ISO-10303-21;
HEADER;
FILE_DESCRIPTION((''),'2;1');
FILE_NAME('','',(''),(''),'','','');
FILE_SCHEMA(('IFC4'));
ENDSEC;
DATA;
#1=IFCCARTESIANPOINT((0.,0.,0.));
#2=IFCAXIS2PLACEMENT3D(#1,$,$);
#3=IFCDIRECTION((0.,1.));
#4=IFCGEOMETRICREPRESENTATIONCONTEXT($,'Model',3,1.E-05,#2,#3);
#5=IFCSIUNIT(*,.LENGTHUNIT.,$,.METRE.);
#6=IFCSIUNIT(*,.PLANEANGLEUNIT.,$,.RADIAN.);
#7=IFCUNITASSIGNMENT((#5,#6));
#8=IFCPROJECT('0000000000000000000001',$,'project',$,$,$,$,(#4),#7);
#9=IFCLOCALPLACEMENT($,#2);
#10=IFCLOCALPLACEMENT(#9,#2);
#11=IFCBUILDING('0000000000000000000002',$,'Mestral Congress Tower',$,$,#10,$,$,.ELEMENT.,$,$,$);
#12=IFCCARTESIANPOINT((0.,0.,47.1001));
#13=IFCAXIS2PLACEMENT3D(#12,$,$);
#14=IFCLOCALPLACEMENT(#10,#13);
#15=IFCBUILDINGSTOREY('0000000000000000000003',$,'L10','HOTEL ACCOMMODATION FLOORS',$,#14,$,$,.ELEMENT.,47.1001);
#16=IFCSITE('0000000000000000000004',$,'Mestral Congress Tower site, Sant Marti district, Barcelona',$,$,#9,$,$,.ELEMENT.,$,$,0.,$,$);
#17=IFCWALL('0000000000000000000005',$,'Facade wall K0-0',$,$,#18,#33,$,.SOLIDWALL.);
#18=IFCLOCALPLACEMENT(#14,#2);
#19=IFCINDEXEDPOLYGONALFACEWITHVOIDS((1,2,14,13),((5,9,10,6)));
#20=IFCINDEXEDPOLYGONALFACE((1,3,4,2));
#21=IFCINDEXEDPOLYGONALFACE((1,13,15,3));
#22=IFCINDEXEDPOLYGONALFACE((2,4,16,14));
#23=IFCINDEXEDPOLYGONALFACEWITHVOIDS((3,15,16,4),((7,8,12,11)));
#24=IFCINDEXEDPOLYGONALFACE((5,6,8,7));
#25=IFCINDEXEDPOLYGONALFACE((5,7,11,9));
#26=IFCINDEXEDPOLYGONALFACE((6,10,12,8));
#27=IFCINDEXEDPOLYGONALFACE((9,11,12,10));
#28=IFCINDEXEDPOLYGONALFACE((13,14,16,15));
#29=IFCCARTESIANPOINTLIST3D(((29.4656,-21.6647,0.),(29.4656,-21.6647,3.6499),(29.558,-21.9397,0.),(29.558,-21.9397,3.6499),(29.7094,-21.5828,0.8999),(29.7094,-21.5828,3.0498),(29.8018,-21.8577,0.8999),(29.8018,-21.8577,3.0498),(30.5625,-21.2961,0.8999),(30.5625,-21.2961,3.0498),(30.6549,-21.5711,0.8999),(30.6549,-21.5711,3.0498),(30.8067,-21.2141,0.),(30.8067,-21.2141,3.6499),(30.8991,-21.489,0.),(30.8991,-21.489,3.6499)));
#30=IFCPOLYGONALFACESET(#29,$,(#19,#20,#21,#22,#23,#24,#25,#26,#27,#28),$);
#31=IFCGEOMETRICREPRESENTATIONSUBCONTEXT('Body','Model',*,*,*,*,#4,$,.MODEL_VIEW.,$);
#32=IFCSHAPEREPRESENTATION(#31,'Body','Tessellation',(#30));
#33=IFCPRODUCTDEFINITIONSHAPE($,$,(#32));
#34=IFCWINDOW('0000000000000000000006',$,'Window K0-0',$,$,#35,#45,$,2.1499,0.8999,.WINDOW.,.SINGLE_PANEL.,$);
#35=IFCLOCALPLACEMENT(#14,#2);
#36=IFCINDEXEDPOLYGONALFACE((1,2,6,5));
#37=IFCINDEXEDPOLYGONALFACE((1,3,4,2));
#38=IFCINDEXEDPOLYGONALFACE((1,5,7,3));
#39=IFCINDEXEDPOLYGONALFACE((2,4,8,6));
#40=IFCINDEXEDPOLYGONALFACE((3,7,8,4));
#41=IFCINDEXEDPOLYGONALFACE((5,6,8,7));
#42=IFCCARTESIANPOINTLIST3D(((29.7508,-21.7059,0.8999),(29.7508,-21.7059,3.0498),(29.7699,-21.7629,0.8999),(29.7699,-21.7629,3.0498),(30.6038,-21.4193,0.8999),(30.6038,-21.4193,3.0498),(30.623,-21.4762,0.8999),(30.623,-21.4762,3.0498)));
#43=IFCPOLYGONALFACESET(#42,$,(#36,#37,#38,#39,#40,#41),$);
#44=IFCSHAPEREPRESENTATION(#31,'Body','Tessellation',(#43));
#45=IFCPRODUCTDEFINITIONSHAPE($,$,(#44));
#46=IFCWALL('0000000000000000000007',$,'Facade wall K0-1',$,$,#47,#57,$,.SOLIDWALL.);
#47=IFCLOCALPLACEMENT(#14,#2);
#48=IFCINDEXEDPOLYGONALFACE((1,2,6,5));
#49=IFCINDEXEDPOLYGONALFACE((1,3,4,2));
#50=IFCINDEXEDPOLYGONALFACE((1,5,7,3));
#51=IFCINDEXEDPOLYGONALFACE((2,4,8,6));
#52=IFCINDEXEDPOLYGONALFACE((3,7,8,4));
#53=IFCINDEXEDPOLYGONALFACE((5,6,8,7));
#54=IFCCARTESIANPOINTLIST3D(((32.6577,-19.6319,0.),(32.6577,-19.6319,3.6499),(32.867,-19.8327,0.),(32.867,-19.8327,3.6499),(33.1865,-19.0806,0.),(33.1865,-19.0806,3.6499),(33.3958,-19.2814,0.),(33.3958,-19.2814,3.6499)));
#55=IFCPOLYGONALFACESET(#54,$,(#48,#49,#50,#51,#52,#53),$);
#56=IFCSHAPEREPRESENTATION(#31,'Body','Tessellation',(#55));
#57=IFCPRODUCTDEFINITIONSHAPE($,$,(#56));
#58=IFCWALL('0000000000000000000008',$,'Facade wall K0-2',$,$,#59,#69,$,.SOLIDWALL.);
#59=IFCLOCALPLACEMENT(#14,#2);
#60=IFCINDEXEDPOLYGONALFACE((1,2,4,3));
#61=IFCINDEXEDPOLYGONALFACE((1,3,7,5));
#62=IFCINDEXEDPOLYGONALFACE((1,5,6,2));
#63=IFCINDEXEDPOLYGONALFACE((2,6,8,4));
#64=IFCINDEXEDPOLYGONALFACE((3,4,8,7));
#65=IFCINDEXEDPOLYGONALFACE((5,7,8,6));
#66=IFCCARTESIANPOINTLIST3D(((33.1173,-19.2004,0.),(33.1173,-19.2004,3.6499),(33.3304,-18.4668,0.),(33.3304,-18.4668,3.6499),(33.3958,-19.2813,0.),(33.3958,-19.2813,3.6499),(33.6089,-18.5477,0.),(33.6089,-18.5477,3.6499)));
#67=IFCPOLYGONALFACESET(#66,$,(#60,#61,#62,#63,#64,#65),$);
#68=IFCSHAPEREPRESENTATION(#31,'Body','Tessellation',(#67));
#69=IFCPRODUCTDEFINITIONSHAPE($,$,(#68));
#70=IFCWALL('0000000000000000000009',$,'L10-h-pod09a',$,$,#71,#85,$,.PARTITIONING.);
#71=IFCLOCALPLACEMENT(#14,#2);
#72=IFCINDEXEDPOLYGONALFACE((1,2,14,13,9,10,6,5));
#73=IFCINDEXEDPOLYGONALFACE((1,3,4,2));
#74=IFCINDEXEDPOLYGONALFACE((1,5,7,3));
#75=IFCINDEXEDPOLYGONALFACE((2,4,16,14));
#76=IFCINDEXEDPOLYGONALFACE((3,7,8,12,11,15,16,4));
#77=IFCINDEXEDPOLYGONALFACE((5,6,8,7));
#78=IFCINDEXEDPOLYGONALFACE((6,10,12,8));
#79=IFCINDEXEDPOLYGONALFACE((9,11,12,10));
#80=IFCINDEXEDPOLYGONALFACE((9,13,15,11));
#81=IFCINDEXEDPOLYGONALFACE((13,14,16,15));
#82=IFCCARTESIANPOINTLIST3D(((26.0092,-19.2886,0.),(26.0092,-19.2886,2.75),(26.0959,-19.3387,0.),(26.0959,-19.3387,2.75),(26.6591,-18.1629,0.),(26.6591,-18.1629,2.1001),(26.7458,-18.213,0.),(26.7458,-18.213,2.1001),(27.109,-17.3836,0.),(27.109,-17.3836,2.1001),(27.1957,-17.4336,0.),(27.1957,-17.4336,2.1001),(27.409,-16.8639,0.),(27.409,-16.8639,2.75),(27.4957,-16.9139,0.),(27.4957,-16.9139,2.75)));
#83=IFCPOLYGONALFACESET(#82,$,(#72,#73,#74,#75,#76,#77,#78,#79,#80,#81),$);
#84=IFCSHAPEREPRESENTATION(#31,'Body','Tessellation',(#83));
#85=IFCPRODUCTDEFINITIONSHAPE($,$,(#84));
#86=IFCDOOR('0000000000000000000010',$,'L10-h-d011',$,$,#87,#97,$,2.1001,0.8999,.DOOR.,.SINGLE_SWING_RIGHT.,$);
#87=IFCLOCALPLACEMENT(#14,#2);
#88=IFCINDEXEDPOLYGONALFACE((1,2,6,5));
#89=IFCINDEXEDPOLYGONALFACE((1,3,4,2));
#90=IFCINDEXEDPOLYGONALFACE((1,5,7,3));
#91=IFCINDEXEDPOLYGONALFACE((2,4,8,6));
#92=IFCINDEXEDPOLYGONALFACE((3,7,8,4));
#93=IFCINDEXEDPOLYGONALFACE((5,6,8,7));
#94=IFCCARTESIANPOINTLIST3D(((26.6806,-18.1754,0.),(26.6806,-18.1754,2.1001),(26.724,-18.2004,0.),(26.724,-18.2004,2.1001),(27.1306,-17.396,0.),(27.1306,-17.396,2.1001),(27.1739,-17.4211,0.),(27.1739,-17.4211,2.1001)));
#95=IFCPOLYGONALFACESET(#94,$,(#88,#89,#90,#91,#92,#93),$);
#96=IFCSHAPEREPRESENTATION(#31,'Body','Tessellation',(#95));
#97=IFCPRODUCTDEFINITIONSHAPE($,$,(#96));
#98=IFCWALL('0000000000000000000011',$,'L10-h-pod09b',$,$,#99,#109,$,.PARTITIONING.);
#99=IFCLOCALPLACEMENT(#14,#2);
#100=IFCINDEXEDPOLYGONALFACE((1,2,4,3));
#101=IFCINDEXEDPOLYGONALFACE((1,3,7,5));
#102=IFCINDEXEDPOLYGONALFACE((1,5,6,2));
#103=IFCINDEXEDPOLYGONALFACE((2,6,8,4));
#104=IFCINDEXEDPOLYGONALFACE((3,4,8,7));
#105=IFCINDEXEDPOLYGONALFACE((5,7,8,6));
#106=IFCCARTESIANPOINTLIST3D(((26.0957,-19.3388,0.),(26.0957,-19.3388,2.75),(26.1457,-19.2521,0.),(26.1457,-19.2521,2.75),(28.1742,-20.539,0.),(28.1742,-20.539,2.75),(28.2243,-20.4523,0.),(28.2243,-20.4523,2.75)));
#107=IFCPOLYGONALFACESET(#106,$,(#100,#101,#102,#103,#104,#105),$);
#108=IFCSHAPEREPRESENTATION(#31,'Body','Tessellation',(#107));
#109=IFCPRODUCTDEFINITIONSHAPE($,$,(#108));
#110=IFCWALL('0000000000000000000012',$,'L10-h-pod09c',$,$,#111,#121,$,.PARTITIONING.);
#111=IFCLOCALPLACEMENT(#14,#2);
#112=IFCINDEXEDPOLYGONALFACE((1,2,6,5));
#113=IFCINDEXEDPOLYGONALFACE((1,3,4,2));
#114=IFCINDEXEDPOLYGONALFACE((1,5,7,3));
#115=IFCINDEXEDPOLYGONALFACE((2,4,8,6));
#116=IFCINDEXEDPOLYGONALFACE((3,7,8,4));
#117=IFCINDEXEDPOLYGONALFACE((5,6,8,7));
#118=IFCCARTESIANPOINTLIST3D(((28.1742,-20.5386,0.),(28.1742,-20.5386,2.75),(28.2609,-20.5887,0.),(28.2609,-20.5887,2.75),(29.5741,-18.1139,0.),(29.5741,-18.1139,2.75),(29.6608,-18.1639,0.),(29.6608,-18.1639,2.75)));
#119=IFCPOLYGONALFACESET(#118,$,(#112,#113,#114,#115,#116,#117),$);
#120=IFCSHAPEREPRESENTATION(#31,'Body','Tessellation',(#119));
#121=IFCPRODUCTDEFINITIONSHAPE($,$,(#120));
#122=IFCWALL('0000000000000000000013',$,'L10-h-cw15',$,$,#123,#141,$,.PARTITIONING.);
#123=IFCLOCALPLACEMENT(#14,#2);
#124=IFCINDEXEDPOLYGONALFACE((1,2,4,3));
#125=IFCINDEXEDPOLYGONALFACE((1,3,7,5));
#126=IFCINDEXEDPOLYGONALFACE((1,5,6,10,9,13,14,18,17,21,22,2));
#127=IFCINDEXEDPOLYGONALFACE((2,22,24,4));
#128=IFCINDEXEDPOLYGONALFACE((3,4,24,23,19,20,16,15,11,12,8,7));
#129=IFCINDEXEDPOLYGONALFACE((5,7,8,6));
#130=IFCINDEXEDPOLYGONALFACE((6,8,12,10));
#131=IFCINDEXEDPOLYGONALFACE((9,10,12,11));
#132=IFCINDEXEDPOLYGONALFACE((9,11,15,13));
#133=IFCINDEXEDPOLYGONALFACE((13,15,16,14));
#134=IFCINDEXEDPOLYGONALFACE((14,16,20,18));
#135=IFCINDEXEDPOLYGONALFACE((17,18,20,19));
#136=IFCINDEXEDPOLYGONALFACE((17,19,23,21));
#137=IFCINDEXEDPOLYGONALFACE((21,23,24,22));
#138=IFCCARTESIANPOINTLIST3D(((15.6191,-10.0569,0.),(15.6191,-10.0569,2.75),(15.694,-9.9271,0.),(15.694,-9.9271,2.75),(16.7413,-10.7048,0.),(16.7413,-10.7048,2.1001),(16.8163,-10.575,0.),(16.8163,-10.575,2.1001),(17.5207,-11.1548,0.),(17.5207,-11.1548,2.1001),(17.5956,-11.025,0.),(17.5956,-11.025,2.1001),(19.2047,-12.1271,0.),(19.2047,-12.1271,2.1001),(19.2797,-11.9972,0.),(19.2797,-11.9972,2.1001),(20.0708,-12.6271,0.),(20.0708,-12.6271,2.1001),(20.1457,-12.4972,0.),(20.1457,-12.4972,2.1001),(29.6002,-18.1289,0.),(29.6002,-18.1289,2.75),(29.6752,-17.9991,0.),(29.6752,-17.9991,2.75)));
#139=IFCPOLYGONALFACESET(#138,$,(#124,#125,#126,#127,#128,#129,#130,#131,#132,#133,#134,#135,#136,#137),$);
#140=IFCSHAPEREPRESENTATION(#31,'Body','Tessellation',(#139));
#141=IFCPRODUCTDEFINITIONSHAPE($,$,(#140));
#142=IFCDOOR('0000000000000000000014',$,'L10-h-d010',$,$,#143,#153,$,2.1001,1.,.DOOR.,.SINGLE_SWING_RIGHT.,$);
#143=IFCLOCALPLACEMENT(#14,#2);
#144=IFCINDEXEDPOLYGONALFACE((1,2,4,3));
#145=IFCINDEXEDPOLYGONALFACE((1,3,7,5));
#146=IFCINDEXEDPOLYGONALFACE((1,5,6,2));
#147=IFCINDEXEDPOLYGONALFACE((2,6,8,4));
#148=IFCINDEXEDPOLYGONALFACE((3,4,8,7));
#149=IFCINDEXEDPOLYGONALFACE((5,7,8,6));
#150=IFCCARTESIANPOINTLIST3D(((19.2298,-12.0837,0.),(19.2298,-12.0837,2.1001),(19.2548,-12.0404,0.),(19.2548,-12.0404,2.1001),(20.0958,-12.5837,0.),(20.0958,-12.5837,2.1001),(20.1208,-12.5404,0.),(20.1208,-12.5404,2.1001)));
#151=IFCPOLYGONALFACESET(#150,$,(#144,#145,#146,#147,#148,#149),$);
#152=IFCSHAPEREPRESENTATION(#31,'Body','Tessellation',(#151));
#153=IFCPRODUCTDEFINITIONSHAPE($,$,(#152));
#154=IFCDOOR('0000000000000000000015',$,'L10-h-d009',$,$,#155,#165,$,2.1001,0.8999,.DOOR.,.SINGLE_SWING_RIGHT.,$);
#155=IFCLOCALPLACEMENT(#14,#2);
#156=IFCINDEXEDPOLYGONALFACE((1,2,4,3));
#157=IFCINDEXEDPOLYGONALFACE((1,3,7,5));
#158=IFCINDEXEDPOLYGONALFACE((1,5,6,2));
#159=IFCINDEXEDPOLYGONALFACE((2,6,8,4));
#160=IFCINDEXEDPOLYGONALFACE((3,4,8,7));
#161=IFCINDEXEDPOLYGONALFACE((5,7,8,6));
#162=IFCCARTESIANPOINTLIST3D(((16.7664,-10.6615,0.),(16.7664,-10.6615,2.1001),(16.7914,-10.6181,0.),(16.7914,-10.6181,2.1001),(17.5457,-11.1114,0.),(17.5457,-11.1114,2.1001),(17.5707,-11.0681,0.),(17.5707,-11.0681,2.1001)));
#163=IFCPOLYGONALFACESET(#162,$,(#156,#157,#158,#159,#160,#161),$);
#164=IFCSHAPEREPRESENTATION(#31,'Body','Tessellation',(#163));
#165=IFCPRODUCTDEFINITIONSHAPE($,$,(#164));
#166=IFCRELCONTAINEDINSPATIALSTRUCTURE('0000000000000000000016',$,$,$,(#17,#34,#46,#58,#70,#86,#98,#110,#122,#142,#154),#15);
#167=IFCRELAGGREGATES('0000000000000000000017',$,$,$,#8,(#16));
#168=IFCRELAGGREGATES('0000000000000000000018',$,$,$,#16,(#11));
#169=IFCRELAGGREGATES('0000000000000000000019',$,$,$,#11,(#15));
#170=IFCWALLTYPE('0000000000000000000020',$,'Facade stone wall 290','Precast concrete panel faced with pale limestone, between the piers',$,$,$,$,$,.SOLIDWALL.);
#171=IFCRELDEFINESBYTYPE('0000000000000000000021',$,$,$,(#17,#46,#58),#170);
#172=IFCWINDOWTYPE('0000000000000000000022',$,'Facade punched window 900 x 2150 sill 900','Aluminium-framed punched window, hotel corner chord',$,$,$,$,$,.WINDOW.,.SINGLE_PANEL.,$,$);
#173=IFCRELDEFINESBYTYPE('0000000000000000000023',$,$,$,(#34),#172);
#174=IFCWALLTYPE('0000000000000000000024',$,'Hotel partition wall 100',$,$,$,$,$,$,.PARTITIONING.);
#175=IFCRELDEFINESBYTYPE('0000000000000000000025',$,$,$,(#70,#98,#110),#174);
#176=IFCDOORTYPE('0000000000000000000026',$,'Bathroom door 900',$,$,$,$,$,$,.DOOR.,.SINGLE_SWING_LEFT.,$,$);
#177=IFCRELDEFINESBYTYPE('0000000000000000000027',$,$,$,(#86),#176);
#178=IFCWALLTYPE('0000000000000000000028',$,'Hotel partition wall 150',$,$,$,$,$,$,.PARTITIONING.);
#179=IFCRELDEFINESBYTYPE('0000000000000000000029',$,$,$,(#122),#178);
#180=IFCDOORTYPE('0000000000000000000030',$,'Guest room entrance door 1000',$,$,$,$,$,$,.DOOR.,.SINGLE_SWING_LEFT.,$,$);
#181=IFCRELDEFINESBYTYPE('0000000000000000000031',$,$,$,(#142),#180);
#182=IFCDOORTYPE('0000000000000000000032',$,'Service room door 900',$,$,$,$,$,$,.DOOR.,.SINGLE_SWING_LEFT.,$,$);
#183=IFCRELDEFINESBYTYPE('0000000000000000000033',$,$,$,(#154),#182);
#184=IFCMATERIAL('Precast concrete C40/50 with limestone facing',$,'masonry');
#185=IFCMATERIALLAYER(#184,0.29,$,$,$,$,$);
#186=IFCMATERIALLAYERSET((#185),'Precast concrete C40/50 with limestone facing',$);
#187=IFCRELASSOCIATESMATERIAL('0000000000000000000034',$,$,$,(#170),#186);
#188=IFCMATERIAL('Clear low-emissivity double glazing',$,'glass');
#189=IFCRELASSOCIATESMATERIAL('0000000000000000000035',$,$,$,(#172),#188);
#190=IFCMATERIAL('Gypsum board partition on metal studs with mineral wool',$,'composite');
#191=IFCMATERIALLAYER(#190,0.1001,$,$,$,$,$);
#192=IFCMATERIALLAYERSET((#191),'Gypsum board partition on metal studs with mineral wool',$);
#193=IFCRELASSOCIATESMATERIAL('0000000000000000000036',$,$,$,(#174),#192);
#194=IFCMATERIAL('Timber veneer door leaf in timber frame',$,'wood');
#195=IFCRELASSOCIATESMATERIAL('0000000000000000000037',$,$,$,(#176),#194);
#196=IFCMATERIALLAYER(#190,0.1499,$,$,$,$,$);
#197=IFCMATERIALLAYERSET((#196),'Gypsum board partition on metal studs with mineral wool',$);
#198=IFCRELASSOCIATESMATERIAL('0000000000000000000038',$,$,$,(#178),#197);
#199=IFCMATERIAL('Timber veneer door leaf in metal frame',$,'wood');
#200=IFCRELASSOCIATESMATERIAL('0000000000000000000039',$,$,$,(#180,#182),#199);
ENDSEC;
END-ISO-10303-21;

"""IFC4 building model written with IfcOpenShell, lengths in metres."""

from ifc_helpers import new_model, si_unit, direction, frame, frame_2d, origin, place, context, subcontext, project, spatial, rectangle, extrude, material, layer, layer_set, type_object, element, fill, save


model = new_model("IFC4")

# Units and contexts
model_context = context("Model", 3, precision=1e-05, world=origin(), true_north=direction((0.0, 1.0)))
body_context = subcontext(model_context, "Body", "Model", "MODEL_VIEW")
ifc_project = project(units=[si_unit("LENGTHUNIT", "METRE"), si_unit("PLANEANGLEUNIT", "RADIAN")], contexts=[model_context])

# Site, building, storey
site_placement = place(None, origin())
site = spatial("IfcSite", under=ifc_project, at=site_placement, Name="Mestral Congress Tower site, Sant Marti district, Barcelona", CompositionType="ELEMENT", RefElevation=0.0)
building_placement = place(site_placement, origin())
building = spatial("IfcBuilding", under=site, at=building_placement, Name="Mestral Congress Tower", CompositionType="ELEMENT")
storey_placement = place(building_placement, frame((0.0, 0.0, 47.1001)))
storey = spatial("IfcBuildingStorey", under=building, at=storey_placement, Name="L10", Description="HOTEL ACCOMMODATION FLOORS", CompositionType="ELEMENT", Elevation=47.1001)

# Shared definitions
ifc_material_1 = material(Name="Precast concrete C40/50 with limestone facing", Category="masonry")
ifc_layer_1 = layer(ifc_material_1, 0.29)
ifc_layer_set_1 = layer_set([ifc_layer_1], Name="Precast concrete C40/50 with limestone facing")
wall_type_1 = type_object("IfcWallType", Name="Facade stone wall 290", Description="Precast concrete panel faced with pale limestone, between the piers", PredefinedType="SOLIDWALL", material=ifc_layer_set_1)
ifc_material_2 = material(Name="Clear low-emissivity double glazing", Category="glass")

# Wall, opening, window
wall_1_placement = place(storey_placement, frame((29.5117, -21.8022, 0.0), z_axis=(0.0, 0.0, 1.0), x_axis=(0.947904, 0.318556, 0.0)))
wall_1 = element("IfcWall", 1, at=wall_1_placement, inside=storey, type_object=wall_type_1, Name="Facade wall K0-0", PredefinedType="SOLIDWALL", context=body_context, shape_type="SweptSolid", body=[
    extrude(rectangle(XDim=1.4148, YDim=0.29, at=frame_2d((0.7075, 0.0))), origin(), (0.0, 0.0, 1.0), 3.6499),
])
opening_1_placement = place(wall_1_placement, frame((0.2573, 0.0, 0.8999)))
opening_1 = element("IfcOpeningElement", 2, at=opening_1_placement, cuts=wall_1, PredefinedType="OPENING", context=body_context, shape_type="SweptSolid", body=[
    extrude(rectangle(XDim=0.8999, YDim=2.1499, at=frame_2d((0.45, 1.075))), frame((0.0, 0.155, 0.0), z_axis=(0.0, -1.0, 0.0), x_axis=(1.0, 0.0, 0.0)), (0.0, 0.0, 1.0), 0.3101),
])
window_type_1 = type_object("IfcWindowType", Name="Facade punched window 900 x 2150 sill 900", Description="Aluminium-framed punched window, hotel corner chord", PartitioningType="SINGLE_PANEL", PredefinedType="WINDOW", material=ifc_material_2)
window_1_placement = place(opening_1_placement, origin())
window_1 = element("IfcWindow", 3, at=window_1_placement, inside=storey, type_object=window_type_1, Name="Window K0-0", OverallHeight=2.1499, OverallWidth=0.8999, PartitioningType="SINGLE_PANEL", PredefinedType="WINDOW", context=body_context, shape_type="SweptSolid", body=[
    extrude(rectangle(XDim=0.8999, YDim=2.1499, at=frame_2d((0.45, 1.075))), frame((0.0, 0.0151, 0.0), z_axis=(0.0, -1.0, 0.0), x_axis=(1.0, 0.0, 0.0)), (0.0, 0.0, 1.0), 0.0601),
])
fill(opening_1, window_1)

# Walls
for number, where, z_axis, x_axis, name in (
    (4, (32.7625, -19.7322, 0.0), (0.0, 0.0, 1.0), (0.692252, 0.721656, 0.0), "Facade wall K0-1"),
    (5, (33.2566, -19.2407, 0.0), (0.0, 0.0, 1.0), (0.278981, 0.960297, 0.0), "Facade wall K0-2"),
):
    element("IfcWall", number, at=place(storey_placement, frame(where, z_axis=z_axis, x_axis=x_axis)), inside=storey, type_object=wall_type_1, Name=name, PredefinedType="SOLIDWALL", context=body_context, shape_type="SweptSolid", body=[
        extrude(rectangle(XDim=0.7639, YDim=0.29, at=frame_2d((0.3818, 0.0))), origin(), (0.0, 0.0, 1.0), 3.6499),
    ])

# Wall, opening, door
ifc_material_3 = material(Name="Gypsum board partition on metal studs with mineral wool", Category="composite")
ifc_layer_2 = layer(ifc_material_3, 0.1001)
ifc_layer_set_2 = layer_set([ifc_layer_2], Name="Gypsum board partition on metal studs with mineral wool")
wall_type_2 = type_object("IfcWallType", Name="Hotel partition wall 100", PredefinedType="PARTITIONING", material=ifc_layer_set_2)
wall_2_placement = place(storey_placement, frame((27.4524, -16.8889, 0.0), z_axis=(0.0, 0.0, 1.0), x_axis=(-0.499984, -0.866035, 0.0)))
wall_2 = element("IfcWall", 6, at=wall_2_placement, inside=storey, type_object=wall_type_2, Name="L10-h-pod09a", PredefinedType="PARTITIONING", context=body_context, shape_type="SweptSolid", body=[
    extrude(rectangle(XDim=2.7998, YDim=0.1001, at=frame_2d((1.3999, 0.0))), origin(), (0.0, 0.0, 1.0), 2.75),
])
opening_2_placement = place(wall_2_placement, frame((0.6001, 0.0, 0.0)))
opening_2 = element("IfcOpeningElement", 7, at=opening_2_placement, cuts=wall_2, PredefinedType="OPENING", context=body_context, shape_type="SweptSolid", body=[
    extrude(rectangle(XDim=0.8999, YDim=2.1001, at=frame_2d((0.45, 1.05))), frame((0.0, 0.0601, 0.0), z_axis=(0.0, -1.0, 0.0), x_axis=(1.0, 0.0, 0.0)), (0.0, 0.0, 1.0), 0.1201),
])
ifc_material_4 = material(Name="Timber veneer door leaf in timber frame", Category="wood")
door_type_1 = type_object("IfcDoorType", Name="Bathroom door 900", OperationType="SINGLE_SWING_LEFT", PredefinedType="DOOR", material=ifc_material_4)
door_1_placement = place(opening_2_placement, origin())
door_1 = element("IfcDoor", 8, at=door_1_placement, inside=storey, type_object=door_type_1, Name="L10-h-d011", OperationType="SINGLE_SWING_RIGHT", OverallHeight=2.1001, OverallWidth=0.8999, PredefinedType="DOOR", context=body_context, shape_type="SweptSolid", body=[
    extrude(rectangle(XDim=0.8999, YDim=2.1001, at=frame_2d((0.45, 1.05))), frame((0.0, 0.0249, 0.0), z_axis=(0.0, -1.0, 0.0), x_axis=(1.0, 0.0, 0.0)), (0.0, 0.0, 1.0), 0.05),
])
fill(opening_2, door_1)

# Walls
wall_3_placement = place(storey_placement, frame((26.1206, -19.2954, 0.0), z_axis=(0.0, 0.0, 1.0), x_axis=(0.866006, -0.500034, 0.0)))
element("IfcWall", 9, at=wall_3_placement, inside=storey, type_object=wall_type_2, Name="L10-h-pod09b", PredefinedType="PARTITIONING", context=body_context, shape_type="SweptSolid", body=[
    extrude(rectangle(XDim=2.4001, YDim=0.1001, at=frame_2d((1.2002, 0.0))), origin(), (0.0, 0.0, 1.0), 2.75),
])
wall_4_placement = place(storey_placement, frame((29.6174, -18.1389, 0.0), z_axis=(0.0, 0.0, 1.0), x_axis=(-0.499984, -0.866035, 0.0)))
element("IfcWall", 10, at=wall_4_placement, inside=storey, type_object=wall_type_2, Name="L10-h-pod09c", PredefinedType="PARTITIONING", context=body_context, shape_type="SweptSolid", body=[
    extrude(rectangle(XDim=2.7998, YDim=0.1001, at=frame_2d((1.3999, 0.0))), origin(), (0.0, 0.0, 1.0), 2.75),
])

# Wall, openings, doors
ifc_layer_3 = layer(ifc_material_3, 0.1499)
ifc_layer_set_3 = layer_set([ifc_layer_3], Name="Gypsum board partition on metal studs with mineral wool")
wall_type_3 = type_object("IfcWallType", Name="Hotel partition wall 150", PredefinedType="PARTITIONING", material=ifc_layer_set_3)
wall_5_placement = place(storey_placement, frame((29.6377, -18.064, 0.0), z_axis=(0.0, 0.0, 1.0), x_axis=(-0.866026, 0.499999, 0.0)))
wall_5 = element("IfcWall", 11, at=wall_5_placement, inside=storey, type_object=wall_type_3, Name="L10-h-cw15", PredefinedType="PARTITIONING", context=body_context, shape_type="SweptSolid", body=[
    extrude(rectangle(XDim=16.144, YDim=0.1499, at=frame_2d((8.072, 0.0))), origin(), (0.0, 0.0, 1.0), 2.75),
])
opening_3_placement = place(wall_5_placement, frame((13.9482, 0.0, 0.0)))
opening_3 = element("IfcOpeningElement", 12, at=opening_3_placement, cuts=wall_5, PredefinedType="OPENING", context=body_context, shape_type="SweptSolid", body=[
    extrude(rectangle(XDim=0.8999, YDim=2.1001, at=frame_2d((0.45, 1.05))), frame((0.0, 0.085, 0.0), z_axis=(0.0, -1.0, 0.0), x_axis=(1.0, 0.0, 0.0)), (0.0, 0.0, 1.0), 0.1699),
])
opening_4_placement = place(wall_5_placement, frame((11.0037, 0.0, 0.0)))
opening_4 = element("IfcOpeningElement", 13, at=opening_4_placement, cuts=wall_5, PredefinedType="OPENING", context=body_context, shape_type="SweptSolid", body=[
    extrude(rectangle(XDim=1.0, YDim=2.1001, at=frame_2d((0.5, 1.05))), frame((0.0, 0.085, 0.0), z_axis=(0.0, -1.0, 0.0), x_axis=(1.0, 0.0, 0.0)), (0.0, 0.0, 1.0), 0.1699),
])
ifc_material_5 = material(Name="Timber veneer door leaf in metal frame", Category="wood")
door_type_2 = type_object("IfcDoorType", Name="Guest room entrance door 1000", OperationType="SINGLE_SWING_LEFT", PredefinedType="DOOR", material=ifc_material_5)
door_2_placement = place(opening_4_placement, origin())
door_2 = element("IfcDoor", 14, at=door_2_placement, inside=storey, type_object=door_type_2, Name="L10-h-d010", OperationType="SINGLE_SWING_RIGHT", OverallHeight=2.1001, OverallWidth=1.0, PredefinedType="DOOR", context=body_context, shape_type="SweptSolid", body=[
    extrude(rectangle(XDim=1.0, YDim=2.1001, at=frame_2d((0.5, 1.05))), frame((0.0, 0.0249, 0.0), z_axis=(0.0, -1.0, 0.0), x_axis=(1.0, 0.0, 0.0)), (0.0, 0.0, 1.0), 0.05),
])
fill(opening_4, door_2)
door_type_3 = type_object("IfcDoorType", Name="Service room door 900", OperationType="SINGLE_SWING_LEFT", PredefinedType="DOOR", material=ifc_material_5)
door_3_placement = place(opening_3_placement, origin())
door_3 = element("IfcDoor", 15, at=door_3_placement, inside=storey, type_object=door_type_3, Name="L10-h-d009", OperationType="SINGLE_SWING_RIGHT", OverallHeight=2.1001, OverallWidth=0.8999, PredefinedType="DOOR", context=body_context, shape_type="SweptSolid", body=[
    extrude(rectangle(XDim=0.8999, YDim=2.1001, at=frame_2d((0.45, 1.05))), frame((0.0, 0.0249, 0.0), z_axis=(0.0, -1.0, 0.0), x_axis=(1.0, 0.0, 0.0)), (0.0, 0.0, 1.0), 0.05),
])
fill(opening_3, door_3)

save(model, "model.ifc")
